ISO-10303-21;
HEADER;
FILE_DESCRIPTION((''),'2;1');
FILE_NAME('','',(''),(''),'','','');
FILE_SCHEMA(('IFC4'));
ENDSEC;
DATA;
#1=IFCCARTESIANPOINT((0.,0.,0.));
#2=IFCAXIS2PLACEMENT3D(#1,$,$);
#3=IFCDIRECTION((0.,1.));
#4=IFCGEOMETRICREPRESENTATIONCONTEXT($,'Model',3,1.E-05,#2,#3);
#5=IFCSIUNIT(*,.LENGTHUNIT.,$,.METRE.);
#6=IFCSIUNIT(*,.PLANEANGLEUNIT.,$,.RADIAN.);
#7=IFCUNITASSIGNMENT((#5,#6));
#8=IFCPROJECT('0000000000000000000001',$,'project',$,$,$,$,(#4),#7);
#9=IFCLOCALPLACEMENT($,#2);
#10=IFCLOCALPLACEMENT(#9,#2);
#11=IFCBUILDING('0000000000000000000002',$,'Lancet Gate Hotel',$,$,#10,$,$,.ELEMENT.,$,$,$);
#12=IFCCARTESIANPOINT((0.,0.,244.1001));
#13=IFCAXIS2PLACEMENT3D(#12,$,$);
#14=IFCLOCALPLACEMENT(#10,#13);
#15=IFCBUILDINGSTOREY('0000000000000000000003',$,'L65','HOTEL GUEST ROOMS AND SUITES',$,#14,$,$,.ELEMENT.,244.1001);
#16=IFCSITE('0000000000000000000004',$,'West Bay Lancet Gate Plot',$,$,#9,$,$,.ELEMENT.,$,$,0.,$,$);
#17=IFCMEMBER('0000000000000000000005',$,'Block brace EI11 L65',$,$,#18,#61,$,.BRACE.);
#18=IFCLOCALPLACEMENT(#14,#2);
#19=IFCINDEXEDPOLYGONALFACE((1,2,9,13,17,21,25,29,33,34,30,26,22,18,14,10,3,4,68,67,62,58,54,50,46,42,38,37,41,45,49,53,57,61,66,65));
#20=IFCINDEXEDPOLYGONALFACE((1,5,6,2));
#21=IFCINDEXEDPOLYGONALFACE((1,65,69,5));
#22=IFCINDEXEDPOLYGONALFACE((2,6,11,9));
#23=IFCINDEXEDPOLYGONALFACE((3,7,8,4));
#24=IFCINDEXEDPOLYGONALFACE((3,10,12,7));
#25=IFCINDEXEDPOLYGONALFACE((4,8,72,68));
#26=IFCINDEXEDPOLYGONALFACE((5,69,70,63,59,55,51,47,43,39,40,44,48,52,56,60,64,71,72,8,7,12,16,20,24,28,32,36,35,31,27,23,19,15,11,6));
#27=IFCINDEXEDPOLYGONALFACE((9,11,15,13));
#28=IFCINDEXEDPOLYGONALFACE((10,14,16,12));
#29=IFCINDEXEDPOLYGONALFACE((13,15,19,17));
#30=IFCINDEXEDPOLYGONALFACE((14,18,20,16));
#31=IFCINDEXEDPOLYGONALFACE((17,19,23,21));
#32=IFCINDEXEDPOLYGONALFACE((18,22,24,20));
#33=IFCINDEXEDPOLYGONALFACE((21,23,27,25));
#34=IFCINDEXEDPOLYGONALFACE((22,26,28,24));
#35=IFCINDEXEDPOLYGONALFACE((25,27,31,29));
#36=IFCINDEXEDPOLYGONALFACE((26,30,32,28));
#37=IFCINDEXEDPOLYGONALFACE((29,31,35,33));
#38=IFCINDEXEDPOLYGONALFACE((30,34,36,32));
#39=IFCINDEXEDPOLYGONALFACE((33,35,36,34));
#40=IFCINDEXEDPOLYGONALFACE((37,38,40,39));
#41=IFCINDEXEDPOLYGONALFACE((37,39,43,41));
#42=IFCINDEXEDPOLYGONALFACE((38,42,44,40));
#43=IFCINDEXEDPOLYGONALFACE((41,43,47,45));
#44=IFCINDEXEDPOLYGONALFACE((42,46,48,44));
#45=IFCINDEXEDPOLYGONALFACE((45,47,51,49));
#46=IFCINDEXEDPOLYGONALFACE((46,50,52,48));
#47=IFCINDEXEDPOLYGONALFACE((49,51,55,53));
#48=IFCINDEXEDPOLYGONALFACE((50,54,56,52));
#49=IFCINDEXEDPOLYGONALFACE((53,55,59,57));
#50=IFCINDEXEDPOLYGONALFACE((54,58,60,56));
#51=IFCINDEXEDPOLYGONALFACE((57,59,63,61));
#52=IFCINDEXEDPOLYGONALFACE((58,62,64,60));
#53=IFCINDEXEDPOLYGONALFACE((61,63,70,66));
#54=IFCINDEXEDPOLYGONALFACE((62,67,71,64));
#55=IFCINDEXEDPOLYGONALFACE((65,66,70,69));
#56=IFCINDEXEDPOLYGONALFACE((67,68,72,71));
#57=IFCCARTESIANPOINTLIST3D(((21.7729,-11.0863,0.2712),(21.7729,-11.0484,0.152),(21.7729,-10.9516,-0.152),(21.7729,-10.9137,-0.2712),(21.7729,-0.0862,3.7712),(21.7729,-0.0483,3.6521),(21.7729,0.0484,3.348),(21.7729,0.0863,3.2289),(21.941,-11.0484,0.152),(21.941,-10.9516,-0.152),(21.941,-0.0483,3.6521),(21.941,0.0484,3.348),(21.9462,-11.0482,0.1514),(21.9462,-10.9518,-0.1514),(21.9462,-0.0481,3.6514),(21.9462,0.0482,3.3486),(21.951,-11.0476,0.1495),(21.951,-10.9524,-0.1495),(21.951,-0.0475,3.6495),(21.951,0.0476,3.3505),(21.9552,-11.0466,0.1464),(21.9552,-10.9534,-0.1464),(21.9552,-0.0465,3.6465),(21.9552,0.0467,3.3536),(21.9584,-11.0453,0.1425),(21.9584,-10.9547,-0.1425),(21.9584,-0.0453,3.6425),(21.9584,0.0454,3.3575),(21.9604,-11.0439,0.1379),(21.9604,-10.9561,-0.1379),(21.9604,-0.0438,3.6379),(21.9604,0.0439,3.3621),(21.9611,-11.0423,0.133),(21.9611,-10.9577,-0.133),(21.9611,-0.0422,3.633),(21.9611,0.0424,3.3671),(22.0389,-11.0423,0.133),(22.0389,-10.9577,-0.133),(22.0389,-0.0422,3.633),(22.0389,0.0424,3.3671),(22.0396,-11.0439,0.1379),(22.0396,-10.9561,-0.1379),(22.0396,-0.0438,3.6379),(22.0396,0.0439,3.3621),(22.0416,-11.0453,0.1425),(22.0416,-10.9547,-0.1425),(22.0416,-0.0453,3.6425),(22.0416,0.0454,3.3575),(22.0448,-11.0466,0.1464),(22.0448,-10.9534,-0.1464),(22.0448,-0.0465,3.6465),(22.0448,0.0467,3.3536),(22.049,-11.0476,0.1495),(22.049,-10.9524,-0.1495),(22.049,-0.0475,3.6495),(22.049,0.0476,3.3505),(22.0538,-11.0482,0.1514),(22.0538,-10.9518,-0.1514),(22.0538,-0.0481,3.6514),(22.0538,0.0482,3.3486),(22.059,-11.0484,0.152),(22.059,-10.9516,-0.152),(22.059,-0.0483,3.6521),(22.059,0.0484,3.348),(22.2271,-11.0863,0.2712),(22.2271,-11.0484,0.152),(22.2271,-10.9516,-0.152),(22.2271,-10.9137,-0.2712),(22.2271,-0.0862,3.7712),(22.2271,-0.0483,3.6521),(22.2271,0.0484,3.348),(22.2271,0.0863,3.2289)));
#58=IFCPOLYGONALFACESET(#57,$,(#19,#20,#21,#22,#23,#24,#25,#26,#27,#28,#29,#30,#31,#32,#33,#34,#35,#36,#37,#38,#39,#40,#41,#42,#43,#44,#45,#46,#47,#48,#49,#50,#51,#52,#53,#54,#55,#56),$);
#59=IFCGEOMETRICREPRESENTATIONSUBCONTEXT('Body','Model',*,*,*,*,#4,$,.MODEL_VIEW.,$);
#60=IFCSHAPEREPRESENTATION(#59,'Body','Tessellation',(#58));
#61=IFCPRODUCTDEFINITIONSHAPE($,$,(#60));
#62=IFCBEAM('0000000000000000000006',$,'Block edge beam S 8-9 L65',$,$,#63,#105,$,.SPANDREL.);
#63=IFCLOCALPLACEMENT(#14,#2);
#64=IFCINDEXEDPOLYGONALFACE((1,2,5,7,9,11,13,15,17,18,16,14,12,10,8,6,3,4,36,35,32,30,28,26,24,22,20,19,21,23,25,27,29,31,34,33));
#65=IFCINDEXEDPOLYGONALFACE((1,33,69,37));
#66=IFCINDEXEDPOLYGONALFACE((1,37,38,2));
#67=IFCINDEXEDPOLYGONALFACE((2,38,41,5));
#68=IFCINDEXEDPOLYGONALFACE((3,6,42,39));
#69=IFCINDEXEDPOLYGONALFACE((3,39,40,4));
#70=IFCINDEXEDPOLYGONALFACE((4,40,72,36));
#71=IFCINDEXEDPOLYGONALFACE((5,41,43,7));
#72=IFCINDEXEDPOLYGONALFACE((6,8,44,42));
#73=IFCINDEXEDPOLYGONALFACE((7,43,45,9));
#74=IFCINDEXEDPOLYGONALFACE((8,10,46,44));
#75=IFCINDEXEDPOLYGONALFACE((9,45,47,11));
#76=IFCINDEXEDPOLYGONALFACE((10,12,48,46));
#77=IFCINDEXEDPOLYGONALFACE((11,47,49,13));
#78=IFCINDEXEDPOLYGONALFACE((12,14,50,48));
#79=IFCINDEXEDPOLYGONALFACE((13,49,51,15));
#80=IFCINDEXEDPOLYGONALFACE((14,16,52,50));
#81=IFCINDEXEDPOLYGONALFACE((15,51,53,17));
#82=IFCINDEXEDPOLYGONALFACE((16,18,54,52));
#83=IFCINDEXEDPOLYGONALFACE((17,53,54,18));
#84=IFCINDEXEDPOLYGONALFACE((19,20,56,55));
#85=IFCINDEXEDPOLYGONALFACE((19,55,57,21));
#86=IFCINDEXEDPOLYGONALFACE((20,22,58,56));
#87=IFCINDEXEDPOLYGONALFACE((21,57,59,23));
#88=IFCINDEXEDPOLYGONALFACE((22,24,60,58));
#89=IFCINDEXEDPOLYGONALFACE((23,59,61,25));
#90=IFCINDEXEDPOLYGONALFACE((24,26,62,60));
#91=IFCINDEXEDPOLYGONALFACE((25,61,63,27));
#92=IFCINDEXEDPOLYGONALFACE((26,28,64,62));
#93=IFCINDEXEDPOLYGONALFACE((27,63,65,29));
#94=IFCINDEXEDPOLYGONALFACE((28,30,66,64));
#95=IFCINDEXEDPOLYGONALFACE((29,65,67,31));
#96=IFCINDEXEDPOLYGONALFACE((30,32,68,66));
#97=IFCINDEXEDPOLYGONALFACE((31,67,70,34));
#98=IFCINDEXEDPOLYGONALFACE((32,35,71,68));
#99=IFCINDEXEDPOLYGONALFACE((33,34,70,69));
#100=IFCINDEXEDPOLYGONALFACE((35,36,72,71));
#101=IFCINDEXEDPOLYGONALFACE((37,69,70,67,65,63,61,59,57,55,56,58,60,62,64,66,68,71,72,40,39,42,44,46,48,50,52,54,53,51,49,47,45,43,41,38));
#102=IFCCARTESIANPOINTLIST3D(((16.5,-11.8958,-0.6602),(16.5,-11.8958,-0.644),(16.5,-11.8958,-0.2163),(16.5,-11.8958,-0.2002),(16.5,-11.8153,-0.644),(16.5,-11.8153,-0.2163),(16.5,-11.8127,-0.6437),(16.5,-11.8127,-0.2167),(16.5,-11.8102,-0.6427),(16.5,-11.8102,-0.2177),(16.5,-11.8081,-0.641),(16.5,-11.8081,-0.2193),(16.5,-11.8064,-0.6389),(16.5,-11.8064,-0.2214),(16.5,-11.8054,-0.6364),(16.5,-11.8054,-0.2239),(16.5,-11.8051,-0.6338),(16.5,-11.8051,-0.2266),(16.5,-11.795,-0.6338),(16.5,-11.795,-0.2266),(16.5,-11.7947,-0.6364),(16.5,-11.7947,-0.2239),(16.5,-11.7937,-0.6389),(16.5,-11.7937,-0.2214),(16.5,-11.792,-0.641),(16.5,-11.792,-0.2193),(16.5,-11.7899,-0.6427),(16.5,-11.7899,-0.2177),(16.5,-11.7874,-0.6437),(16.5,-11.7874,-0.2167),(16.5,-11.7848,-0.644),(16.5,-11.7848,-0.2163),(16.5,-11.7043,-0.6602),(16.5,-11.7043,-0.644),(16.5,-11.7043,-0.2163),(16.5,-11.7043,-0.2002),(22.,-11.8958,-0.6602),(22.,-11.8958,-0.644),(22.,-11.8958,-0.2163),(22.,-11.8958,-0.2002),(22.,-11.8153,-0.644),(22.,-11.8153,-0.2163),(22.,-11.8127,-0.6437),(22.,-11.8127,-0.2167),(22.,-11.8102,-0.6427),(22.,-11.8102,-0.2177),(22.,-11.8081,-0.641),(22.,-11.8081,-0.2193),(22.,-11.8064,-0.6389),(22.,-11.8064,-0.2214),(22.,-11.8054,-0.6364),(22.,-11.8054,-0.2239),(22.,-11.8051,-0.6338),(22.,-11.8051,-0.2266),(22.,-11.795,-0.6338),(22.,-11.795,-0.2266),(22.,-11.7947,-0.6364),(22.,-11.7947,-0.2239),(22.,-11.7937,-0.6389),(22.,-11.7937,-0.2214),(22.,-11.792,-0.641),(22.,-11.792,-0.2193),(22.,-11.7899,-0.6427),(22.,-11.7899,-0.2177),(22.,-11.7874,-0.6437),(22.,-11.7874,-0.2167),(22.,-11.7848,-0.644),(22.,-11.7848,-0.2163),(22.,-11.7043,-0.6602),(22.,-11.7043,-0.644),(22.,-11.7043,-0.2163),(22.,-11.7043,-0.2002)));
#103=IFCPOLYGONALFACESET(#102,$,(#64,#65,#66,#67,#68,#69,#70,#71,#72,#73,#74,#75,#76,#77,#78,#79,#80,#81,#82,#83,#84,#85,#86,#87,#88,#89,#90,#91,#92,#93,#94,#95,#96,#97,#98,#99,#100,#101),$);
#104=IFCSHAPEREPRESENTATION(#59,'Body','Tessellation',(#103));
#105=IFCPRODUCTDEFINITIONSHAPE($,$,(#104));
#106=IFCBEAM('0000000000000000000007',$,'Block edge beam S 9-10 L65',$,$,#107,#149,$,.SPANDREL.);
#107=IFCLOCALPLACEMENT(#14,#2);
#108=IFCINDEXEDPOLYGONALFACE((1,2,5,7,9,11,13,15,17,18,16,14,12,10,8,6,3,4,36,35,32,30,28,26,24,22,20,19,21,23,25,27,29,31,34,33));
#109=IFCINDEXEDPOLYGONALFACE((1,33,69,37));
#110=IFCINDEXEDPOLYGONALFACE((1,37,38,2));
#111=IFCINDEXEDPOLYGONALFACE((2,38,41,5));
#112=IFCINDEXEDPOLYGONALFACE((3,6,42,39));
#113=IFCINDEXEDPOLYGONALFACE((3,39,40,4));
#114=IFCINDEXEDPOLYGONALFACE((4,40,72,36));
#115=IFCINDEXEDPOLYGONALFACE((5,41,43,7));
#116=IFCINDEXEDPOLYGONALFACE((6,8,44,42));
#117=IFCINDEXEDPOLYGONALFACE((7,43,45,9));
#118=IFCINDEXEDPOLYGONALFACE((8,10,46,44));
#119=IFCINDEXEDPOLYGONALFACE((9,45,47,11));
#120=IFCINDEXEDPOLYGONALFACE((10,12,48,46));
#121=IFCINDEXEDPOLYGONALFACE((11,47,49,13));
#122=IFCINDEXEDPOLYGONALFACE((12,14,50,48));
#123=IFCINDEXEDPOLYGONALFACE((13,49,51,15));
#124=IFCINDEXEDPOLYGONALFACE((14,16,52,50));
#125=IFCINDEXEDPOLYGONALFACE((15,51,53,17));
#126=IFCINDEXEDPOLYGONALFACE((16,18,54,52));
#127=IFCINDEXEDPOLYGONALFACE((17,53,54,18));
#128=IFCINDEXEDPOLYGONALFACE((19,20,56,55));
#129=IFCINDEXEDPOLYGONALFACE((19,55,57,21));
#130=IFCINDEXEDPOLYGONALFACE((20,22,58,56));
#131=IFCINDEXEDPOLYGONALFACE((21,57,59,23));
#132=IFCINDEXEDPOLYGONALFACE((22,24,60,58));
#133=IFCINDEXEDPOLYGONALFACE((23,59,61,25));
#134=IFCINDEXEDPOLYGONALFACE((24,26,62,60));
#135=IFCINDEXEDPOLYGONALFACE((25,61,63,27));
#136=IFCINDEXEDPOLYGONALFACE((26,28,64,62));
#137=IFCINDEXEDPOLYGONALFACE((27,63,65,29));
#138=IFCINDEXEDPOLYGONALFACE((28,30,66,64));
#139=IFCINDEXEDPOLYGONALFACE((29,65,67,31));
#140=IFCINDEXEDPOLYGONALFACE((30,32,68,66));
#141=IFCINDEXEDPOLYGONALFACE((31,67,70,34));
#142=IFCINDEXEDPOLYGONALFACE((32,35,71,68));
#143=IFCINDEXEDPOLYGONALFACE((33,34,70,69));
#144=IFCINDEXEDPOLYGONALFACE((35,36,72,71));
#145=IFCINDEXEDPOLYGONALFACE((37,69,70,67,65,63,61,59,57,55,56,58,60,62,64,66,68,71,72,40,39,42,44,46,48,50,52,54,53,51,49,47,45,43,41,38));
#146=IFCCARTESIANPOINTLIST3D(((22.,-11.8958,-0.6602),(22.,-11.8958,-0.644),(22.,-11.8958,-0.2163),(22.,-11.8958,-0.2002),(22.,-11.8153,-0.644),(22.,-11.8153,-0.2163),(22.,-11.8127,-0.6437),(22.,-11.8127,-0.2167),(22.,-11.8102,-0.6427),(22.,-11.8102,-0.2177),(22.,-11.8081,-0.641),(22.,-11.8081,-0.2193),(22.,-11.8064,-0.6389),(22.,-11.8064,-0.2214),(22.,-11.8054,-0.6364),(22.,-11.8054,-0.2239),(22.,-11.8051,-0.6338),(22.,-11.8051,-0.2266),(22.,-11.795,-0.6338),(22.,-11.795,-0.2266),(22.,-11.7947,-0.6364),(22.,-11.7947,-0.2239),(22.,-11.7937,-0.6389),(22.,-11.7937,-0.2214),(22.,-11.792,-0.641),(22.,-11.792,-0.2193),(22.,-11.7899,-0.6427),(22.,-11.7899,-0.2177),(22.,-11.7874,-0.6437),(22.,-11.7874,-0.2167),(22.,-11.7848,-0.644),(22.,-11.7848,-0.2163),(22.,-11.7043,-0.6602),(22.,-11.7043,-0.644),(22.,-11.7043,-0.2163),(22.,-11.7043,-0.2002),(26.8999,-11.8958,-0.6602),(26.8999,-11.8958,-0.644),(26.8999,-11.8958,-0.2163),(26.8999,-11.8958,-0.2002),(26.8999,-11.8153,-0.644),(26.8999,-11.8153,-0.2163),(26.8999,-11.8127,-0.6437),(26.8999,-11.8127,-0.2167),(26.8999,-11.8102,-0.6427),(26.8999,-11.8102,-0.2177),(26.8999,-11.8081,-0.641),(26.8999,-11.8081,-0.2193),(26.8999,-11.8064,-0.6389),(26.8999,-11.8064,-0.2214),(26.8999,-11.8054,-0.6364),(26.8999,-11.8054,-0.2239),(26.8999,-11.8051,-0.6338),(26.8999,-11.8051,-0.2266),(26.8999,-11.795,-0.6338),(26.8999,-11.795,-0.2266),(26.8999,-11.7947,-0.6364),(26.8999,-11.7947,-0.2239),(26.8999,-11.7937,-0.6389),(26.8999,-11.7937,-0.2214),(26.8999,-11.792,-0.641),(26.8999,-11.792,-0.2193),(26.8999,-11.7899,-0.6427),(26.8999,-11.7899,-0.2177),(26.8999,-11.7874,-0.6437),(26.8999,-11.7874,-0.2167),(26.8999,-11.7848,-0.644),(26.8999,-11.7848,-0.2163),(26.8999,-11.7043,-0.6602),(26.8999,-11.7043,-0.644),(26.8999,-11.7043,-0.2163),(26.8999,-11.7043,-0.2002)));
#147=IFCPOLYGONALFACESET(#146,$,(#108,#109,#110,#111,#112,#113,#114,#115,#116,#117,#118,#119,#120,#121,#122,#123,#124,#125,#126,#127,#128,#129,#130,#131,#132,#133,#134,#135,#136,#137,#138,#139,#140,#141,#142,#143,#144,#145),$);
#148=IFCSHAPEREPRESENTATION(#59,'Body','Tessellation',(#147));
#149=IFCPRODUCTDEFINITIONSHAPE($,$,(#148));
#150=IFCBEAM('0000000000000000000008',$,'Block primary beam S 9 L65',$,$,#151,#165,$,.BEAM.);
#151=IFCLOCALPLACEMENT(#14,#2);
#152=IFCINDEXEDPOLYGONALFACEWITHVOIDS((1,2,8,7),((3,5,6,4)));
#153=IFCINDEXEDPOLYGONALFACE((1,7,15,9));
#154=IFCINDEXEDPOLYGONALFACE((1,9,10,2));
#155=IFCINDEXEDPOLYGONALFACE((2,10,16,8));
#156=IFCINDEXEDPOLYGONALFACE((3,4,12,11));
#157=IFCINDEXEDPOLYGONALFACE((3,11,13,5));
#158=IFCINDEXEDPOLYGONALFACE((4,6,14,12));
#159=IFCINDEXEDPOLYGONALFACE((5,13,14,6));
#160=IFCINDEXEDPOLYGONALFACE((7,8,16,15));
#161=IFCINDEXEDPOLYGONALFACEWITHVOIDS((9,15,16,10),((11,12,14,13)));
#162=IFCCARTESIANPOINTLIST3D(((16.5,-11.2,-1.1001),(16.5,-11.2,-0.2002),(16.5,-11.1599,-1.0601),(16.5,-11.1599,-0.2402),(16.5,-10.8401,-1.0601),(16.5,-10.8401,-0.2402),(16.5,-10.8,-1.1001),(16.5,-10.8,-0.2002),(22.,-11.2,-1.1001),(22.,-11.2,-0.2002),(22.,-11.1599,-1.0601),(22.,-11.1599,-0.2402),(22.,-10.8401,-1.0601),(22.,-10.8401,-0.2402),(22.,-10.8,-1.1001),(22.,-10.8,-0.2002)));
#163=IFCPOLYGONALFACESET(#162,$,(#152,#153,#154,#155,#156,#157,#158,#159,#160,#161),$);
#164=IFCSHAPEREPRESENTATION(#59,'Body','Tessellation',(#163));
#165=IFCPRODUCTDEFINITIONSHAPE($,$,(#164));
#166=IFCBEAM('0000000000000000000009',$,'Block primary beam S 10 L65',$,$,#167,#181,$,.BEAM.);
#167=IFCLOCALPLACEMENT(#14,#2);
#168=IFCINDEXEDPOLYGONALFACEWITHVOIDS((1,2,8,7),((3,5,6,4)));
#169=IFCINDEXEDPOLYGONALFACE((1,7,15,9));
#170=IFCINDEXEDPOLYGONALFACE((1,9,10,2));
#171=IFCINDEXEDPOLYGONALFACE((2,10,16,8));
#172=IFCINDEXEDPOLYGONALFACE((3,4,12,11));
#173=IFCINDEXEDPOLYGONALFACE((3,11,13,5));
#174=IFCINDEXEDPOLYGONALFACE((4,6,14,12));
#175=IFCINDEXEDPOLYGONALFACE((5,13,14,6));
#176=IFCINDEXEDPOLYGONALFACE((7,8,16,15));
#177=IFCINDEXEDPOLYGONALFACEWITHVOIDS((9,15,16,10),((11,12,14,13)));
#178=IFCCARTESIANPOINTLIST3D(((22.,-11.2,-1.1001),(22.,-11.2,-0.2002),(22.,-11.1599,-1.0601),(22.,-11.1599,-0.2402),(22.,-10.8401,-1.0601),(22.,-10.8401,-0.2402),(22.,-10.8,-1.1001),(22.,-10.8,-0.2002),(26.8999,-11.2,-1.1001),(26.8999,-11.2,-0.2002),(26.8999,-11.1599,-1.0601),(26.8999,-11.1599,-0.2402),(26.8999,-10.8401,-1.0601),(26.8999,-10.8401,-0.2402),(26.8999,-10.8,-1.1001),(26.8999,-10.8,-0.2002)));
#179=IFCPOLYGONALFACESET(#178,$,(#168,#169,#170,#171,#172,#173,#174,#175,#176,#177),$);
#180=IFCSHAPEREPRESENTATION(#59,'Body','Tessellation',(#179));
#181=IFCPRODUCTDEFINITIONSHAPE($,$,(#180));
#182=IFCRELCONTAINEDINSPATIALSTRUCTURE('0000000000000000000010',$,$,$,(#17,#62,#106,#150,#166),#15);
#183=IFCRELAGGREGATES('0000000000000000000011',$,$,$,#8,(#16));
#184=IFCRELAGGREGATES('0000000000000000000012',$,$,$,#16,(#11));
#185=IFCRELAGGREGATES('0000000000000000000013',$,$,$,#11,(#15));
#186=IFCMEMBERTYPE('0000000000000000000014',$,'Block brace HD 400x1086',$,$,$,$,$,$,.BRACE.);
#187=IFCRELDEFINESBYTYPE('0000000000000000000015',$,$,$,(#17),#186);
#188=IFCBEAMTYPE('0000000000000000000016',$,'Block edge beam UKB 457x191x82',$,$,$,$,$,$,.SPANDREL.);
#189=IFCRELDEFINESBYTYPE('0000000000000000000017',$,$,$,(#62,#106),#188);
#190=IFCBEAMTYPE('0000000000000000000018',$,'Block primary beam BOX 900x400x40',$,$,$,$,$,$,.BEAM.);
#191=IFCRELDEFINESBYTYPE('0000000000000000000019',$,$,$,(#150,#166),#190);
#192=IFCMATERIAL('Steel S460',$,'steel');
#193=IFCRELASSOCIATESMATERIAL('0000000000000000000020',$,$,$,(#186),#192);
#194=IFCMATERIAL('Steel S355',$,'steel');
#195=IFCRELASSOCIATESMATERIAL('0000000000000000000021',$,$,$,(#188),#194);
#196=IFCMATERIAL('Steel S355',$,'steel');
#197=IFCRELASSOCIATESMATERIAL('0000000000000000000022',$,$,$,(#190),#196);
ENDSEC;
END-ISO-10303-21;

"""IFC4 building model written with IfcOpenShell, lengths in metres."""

from ifc_helpers import new_model, si_unit, direction, frame, origin, origin_2d, place, context, subcontext, project, spatial, hollow_rectangle, i_section, extrude, material, material_profile, profile_set, type_object, element, save


model = new_model("IFC4")

# Units and contexts
model_context = context("Model", 3, precision=1e-05, world=origin(), true_north=direction((0.0, 1.0)))
body_context = subcontext(model_context, "Body", "Model", "MODEL_VIEW")
ifc_project = project(units=[si_unit("LENGTHUNIT", "METRE"), si_unit("PLANEANGLEUNIT", "RADIAN")], contexts=[model_context])

# Site, building, storey
site_placement = place(None, origin())
site = spatial("IfcSite", under=ifc_project, at=site_placement, Name="West Bay Lancet Gate Plot", CompositionType="ELEMENT", RefElevation=0.0)
building_placement = place(site_placement, origin())
building = spatial("IfcBuilding", under=site, at=building_placement, Name="Lancet Gate Hotel", CompositionType="ELEMENT")
storey_placement = place(building_placement, frame((0.0, 0.0, 244.1001)))
storey = spatial("IfcBuildingStorey", under=building, at=storey_placement, Name="L65", Description="HOTEL GUEST ROOMS AND SUITES", CompositionType="ELEMENT", Elevation=244.1001)

# Member
ifc_material_1 = material(Name="Steel S460", Category="steel")
ifc_material_profile_1 = material_profile(ifc_material_1, i_section(OverallWidth=0.4541, OverallDepth=0.5691, WebThickness=0.0779, FlangeThickness=0.125, FilletRadius=0.02, at=origin_2d()), Name="HD 400x1086")
ifc_profile_set_1 = profile_set([ifc_material_profile_1], Name="Steel S460")
member_type_1 = type_object("IfcMemberType", Name="Block brace HD 400x1086", PredefinedType="BRACE", material=ifc_profile_set_1)
member_1_placement = place(storey_placement, frame((22.0, -11.0, 0.0), z_axis=(0.0, 0.952926, 0.303204), x_axis=(-1.0, 0.0, 0.0)))
element("IfcMember", 1, at=member_1_placement, inside=storey, type_object=member_type_1, Name="Block brace EI11 L65", PredefinedType="BRACE", context=body_context, shape_type="SweptSolid", body=[
    extrude(i_section(OverallWidth=0.4541, OverallDepth=0.5691, WebThickness=0.0779, FlangeThickness=0.125, FilletRadius=0.02, at=origin_2d()), origin(), (0.0, 0.0, 1.0), 11.5435),
])

# Beams
ifc_material_2 = material(Name="Steel S355", Category="steel")
ifc_material_profile_2 = material_profile(ifc_material_2, i_section(OverallWidth=0.1914, OverallDepth=0.46, WebThickness=0.01, FlangeThickness=0.0161, FilletRadius=0.0103, at=origin_2d()), Name="UKB 457x191x82")
ifc_profile_set_2 = profile_set([ifc_material_profile_2], Name="Steel S355")
beam_type_1 = type_object("IfcBeamType", Name="Block edge beam UKB 457x191x82", PredefinedType="SPANDREL", material=ifc_profile_set_2)
beam_1_placement = place(storey_placement, frame((16.5, -11.8, -0.4302), z_axis=(1.0, 0.0, 0.0), x_axis=(0.0, 1.0, 0.0)))
element("IfcBeam", 2, at=beam_1_placement, inside=storey, type_object=beam_type_1, Name="Block edge beam S 8-9 L65", PredefinedType="SPANDREL", context=body_context, shape_type="SweptSolid", body=[
    extrude(i_section(OverallWidth=0.1914, OverallDepth=0.46, WebThickness=0.01, FlangeThickness=0.0161, FilletRadius=0.0103, at=origin_2d()), origin(), (0.0, 0.0, 1.0), 5.5),
])
beam_2_placement = place(storey_placement, frame((22.0, -11.8, -0.4302), z_axis=(1.0, 0.0, 0.0), x_axis=(0.0, 1.0, 0.0)))
element("IfcBeam", 3, at=beam_2_placement, inside=storey, type_object=beam_type_1, Name="Block edge beam S 9-10 L65", PredefinedType="SPANDREL", context=body_context, shape_type="SweptSolid", body=[
    extrude(i_section(OverallWidth=0.1914, OverallDepth=0.46, WebThickness=0.01, FlangeThickness=0.0161, FilletRadius=0.0103, at=origin_2d()), origin(), (0.0, 0.0, 1.0), 4.8999),
])
ifc_material_3 = material(Name="Steel S355", Category="steel")
ifc_material_profile_3 = material_profile(ifc_material_3, hollow_rectangle(XDim=0.3999, YDim=0.8999, WallThickness=0.04, at=origin_2d()), Name="BOX 900x400x40")
ifc_profile_set_3 = profile_set([ifc_material_profile_3], Name="Steel S355")
beam_type_2 = type_object("IfcBeamType", Name="Block primary beam BOX 900x400x40", PredefinedType="BEAM", material=ifc_profile_set_3)
beam_3_placement = place(storey_placement, frame((16.5, -11.0, -0.6501), z_axis=(1.0, 0.0, 0.0), x_axis=(0.0, 1.0, 0.0)))
element("IfcBeam", 4, at=beam_3_placement, inside=storey, type_object=beam_type_2, Name="Block primary beam S 9 L65", PredefinedType="BEAM", context=body_context, shape_type="SweptSolid", body=[
    extrude(hollow_rectangle(XDim=0.3999, YDim=0.8999, WallThickness=0.04, at=origin_2d()), origin(), (0.0, 0.0, 1.0), 5.5),
])
beam_4_placement = place(storey_placement, frame((22.0, -11.0, -0.6501), z_axis=(1.0, 0.0, 0.0), x_axis=(0.0, 1.0, 0.0)))
element("IfcBeam", 5, at=beam_4_placement, inside=storey, type_object=beam_type_2, Name="Block primary beam S 10 L65", PredefinedType="BEAM", context=body_context, shape_type="SweptSolid", body=[
    extrude(hollow_rectangle(XDim=0.3999, YDim=0.8999, WallThickness=0.04, at=origin_2d()), origin(), (0.0, 0.0, 1.0), 4.8999),
])

save(model, "model.ifc")
